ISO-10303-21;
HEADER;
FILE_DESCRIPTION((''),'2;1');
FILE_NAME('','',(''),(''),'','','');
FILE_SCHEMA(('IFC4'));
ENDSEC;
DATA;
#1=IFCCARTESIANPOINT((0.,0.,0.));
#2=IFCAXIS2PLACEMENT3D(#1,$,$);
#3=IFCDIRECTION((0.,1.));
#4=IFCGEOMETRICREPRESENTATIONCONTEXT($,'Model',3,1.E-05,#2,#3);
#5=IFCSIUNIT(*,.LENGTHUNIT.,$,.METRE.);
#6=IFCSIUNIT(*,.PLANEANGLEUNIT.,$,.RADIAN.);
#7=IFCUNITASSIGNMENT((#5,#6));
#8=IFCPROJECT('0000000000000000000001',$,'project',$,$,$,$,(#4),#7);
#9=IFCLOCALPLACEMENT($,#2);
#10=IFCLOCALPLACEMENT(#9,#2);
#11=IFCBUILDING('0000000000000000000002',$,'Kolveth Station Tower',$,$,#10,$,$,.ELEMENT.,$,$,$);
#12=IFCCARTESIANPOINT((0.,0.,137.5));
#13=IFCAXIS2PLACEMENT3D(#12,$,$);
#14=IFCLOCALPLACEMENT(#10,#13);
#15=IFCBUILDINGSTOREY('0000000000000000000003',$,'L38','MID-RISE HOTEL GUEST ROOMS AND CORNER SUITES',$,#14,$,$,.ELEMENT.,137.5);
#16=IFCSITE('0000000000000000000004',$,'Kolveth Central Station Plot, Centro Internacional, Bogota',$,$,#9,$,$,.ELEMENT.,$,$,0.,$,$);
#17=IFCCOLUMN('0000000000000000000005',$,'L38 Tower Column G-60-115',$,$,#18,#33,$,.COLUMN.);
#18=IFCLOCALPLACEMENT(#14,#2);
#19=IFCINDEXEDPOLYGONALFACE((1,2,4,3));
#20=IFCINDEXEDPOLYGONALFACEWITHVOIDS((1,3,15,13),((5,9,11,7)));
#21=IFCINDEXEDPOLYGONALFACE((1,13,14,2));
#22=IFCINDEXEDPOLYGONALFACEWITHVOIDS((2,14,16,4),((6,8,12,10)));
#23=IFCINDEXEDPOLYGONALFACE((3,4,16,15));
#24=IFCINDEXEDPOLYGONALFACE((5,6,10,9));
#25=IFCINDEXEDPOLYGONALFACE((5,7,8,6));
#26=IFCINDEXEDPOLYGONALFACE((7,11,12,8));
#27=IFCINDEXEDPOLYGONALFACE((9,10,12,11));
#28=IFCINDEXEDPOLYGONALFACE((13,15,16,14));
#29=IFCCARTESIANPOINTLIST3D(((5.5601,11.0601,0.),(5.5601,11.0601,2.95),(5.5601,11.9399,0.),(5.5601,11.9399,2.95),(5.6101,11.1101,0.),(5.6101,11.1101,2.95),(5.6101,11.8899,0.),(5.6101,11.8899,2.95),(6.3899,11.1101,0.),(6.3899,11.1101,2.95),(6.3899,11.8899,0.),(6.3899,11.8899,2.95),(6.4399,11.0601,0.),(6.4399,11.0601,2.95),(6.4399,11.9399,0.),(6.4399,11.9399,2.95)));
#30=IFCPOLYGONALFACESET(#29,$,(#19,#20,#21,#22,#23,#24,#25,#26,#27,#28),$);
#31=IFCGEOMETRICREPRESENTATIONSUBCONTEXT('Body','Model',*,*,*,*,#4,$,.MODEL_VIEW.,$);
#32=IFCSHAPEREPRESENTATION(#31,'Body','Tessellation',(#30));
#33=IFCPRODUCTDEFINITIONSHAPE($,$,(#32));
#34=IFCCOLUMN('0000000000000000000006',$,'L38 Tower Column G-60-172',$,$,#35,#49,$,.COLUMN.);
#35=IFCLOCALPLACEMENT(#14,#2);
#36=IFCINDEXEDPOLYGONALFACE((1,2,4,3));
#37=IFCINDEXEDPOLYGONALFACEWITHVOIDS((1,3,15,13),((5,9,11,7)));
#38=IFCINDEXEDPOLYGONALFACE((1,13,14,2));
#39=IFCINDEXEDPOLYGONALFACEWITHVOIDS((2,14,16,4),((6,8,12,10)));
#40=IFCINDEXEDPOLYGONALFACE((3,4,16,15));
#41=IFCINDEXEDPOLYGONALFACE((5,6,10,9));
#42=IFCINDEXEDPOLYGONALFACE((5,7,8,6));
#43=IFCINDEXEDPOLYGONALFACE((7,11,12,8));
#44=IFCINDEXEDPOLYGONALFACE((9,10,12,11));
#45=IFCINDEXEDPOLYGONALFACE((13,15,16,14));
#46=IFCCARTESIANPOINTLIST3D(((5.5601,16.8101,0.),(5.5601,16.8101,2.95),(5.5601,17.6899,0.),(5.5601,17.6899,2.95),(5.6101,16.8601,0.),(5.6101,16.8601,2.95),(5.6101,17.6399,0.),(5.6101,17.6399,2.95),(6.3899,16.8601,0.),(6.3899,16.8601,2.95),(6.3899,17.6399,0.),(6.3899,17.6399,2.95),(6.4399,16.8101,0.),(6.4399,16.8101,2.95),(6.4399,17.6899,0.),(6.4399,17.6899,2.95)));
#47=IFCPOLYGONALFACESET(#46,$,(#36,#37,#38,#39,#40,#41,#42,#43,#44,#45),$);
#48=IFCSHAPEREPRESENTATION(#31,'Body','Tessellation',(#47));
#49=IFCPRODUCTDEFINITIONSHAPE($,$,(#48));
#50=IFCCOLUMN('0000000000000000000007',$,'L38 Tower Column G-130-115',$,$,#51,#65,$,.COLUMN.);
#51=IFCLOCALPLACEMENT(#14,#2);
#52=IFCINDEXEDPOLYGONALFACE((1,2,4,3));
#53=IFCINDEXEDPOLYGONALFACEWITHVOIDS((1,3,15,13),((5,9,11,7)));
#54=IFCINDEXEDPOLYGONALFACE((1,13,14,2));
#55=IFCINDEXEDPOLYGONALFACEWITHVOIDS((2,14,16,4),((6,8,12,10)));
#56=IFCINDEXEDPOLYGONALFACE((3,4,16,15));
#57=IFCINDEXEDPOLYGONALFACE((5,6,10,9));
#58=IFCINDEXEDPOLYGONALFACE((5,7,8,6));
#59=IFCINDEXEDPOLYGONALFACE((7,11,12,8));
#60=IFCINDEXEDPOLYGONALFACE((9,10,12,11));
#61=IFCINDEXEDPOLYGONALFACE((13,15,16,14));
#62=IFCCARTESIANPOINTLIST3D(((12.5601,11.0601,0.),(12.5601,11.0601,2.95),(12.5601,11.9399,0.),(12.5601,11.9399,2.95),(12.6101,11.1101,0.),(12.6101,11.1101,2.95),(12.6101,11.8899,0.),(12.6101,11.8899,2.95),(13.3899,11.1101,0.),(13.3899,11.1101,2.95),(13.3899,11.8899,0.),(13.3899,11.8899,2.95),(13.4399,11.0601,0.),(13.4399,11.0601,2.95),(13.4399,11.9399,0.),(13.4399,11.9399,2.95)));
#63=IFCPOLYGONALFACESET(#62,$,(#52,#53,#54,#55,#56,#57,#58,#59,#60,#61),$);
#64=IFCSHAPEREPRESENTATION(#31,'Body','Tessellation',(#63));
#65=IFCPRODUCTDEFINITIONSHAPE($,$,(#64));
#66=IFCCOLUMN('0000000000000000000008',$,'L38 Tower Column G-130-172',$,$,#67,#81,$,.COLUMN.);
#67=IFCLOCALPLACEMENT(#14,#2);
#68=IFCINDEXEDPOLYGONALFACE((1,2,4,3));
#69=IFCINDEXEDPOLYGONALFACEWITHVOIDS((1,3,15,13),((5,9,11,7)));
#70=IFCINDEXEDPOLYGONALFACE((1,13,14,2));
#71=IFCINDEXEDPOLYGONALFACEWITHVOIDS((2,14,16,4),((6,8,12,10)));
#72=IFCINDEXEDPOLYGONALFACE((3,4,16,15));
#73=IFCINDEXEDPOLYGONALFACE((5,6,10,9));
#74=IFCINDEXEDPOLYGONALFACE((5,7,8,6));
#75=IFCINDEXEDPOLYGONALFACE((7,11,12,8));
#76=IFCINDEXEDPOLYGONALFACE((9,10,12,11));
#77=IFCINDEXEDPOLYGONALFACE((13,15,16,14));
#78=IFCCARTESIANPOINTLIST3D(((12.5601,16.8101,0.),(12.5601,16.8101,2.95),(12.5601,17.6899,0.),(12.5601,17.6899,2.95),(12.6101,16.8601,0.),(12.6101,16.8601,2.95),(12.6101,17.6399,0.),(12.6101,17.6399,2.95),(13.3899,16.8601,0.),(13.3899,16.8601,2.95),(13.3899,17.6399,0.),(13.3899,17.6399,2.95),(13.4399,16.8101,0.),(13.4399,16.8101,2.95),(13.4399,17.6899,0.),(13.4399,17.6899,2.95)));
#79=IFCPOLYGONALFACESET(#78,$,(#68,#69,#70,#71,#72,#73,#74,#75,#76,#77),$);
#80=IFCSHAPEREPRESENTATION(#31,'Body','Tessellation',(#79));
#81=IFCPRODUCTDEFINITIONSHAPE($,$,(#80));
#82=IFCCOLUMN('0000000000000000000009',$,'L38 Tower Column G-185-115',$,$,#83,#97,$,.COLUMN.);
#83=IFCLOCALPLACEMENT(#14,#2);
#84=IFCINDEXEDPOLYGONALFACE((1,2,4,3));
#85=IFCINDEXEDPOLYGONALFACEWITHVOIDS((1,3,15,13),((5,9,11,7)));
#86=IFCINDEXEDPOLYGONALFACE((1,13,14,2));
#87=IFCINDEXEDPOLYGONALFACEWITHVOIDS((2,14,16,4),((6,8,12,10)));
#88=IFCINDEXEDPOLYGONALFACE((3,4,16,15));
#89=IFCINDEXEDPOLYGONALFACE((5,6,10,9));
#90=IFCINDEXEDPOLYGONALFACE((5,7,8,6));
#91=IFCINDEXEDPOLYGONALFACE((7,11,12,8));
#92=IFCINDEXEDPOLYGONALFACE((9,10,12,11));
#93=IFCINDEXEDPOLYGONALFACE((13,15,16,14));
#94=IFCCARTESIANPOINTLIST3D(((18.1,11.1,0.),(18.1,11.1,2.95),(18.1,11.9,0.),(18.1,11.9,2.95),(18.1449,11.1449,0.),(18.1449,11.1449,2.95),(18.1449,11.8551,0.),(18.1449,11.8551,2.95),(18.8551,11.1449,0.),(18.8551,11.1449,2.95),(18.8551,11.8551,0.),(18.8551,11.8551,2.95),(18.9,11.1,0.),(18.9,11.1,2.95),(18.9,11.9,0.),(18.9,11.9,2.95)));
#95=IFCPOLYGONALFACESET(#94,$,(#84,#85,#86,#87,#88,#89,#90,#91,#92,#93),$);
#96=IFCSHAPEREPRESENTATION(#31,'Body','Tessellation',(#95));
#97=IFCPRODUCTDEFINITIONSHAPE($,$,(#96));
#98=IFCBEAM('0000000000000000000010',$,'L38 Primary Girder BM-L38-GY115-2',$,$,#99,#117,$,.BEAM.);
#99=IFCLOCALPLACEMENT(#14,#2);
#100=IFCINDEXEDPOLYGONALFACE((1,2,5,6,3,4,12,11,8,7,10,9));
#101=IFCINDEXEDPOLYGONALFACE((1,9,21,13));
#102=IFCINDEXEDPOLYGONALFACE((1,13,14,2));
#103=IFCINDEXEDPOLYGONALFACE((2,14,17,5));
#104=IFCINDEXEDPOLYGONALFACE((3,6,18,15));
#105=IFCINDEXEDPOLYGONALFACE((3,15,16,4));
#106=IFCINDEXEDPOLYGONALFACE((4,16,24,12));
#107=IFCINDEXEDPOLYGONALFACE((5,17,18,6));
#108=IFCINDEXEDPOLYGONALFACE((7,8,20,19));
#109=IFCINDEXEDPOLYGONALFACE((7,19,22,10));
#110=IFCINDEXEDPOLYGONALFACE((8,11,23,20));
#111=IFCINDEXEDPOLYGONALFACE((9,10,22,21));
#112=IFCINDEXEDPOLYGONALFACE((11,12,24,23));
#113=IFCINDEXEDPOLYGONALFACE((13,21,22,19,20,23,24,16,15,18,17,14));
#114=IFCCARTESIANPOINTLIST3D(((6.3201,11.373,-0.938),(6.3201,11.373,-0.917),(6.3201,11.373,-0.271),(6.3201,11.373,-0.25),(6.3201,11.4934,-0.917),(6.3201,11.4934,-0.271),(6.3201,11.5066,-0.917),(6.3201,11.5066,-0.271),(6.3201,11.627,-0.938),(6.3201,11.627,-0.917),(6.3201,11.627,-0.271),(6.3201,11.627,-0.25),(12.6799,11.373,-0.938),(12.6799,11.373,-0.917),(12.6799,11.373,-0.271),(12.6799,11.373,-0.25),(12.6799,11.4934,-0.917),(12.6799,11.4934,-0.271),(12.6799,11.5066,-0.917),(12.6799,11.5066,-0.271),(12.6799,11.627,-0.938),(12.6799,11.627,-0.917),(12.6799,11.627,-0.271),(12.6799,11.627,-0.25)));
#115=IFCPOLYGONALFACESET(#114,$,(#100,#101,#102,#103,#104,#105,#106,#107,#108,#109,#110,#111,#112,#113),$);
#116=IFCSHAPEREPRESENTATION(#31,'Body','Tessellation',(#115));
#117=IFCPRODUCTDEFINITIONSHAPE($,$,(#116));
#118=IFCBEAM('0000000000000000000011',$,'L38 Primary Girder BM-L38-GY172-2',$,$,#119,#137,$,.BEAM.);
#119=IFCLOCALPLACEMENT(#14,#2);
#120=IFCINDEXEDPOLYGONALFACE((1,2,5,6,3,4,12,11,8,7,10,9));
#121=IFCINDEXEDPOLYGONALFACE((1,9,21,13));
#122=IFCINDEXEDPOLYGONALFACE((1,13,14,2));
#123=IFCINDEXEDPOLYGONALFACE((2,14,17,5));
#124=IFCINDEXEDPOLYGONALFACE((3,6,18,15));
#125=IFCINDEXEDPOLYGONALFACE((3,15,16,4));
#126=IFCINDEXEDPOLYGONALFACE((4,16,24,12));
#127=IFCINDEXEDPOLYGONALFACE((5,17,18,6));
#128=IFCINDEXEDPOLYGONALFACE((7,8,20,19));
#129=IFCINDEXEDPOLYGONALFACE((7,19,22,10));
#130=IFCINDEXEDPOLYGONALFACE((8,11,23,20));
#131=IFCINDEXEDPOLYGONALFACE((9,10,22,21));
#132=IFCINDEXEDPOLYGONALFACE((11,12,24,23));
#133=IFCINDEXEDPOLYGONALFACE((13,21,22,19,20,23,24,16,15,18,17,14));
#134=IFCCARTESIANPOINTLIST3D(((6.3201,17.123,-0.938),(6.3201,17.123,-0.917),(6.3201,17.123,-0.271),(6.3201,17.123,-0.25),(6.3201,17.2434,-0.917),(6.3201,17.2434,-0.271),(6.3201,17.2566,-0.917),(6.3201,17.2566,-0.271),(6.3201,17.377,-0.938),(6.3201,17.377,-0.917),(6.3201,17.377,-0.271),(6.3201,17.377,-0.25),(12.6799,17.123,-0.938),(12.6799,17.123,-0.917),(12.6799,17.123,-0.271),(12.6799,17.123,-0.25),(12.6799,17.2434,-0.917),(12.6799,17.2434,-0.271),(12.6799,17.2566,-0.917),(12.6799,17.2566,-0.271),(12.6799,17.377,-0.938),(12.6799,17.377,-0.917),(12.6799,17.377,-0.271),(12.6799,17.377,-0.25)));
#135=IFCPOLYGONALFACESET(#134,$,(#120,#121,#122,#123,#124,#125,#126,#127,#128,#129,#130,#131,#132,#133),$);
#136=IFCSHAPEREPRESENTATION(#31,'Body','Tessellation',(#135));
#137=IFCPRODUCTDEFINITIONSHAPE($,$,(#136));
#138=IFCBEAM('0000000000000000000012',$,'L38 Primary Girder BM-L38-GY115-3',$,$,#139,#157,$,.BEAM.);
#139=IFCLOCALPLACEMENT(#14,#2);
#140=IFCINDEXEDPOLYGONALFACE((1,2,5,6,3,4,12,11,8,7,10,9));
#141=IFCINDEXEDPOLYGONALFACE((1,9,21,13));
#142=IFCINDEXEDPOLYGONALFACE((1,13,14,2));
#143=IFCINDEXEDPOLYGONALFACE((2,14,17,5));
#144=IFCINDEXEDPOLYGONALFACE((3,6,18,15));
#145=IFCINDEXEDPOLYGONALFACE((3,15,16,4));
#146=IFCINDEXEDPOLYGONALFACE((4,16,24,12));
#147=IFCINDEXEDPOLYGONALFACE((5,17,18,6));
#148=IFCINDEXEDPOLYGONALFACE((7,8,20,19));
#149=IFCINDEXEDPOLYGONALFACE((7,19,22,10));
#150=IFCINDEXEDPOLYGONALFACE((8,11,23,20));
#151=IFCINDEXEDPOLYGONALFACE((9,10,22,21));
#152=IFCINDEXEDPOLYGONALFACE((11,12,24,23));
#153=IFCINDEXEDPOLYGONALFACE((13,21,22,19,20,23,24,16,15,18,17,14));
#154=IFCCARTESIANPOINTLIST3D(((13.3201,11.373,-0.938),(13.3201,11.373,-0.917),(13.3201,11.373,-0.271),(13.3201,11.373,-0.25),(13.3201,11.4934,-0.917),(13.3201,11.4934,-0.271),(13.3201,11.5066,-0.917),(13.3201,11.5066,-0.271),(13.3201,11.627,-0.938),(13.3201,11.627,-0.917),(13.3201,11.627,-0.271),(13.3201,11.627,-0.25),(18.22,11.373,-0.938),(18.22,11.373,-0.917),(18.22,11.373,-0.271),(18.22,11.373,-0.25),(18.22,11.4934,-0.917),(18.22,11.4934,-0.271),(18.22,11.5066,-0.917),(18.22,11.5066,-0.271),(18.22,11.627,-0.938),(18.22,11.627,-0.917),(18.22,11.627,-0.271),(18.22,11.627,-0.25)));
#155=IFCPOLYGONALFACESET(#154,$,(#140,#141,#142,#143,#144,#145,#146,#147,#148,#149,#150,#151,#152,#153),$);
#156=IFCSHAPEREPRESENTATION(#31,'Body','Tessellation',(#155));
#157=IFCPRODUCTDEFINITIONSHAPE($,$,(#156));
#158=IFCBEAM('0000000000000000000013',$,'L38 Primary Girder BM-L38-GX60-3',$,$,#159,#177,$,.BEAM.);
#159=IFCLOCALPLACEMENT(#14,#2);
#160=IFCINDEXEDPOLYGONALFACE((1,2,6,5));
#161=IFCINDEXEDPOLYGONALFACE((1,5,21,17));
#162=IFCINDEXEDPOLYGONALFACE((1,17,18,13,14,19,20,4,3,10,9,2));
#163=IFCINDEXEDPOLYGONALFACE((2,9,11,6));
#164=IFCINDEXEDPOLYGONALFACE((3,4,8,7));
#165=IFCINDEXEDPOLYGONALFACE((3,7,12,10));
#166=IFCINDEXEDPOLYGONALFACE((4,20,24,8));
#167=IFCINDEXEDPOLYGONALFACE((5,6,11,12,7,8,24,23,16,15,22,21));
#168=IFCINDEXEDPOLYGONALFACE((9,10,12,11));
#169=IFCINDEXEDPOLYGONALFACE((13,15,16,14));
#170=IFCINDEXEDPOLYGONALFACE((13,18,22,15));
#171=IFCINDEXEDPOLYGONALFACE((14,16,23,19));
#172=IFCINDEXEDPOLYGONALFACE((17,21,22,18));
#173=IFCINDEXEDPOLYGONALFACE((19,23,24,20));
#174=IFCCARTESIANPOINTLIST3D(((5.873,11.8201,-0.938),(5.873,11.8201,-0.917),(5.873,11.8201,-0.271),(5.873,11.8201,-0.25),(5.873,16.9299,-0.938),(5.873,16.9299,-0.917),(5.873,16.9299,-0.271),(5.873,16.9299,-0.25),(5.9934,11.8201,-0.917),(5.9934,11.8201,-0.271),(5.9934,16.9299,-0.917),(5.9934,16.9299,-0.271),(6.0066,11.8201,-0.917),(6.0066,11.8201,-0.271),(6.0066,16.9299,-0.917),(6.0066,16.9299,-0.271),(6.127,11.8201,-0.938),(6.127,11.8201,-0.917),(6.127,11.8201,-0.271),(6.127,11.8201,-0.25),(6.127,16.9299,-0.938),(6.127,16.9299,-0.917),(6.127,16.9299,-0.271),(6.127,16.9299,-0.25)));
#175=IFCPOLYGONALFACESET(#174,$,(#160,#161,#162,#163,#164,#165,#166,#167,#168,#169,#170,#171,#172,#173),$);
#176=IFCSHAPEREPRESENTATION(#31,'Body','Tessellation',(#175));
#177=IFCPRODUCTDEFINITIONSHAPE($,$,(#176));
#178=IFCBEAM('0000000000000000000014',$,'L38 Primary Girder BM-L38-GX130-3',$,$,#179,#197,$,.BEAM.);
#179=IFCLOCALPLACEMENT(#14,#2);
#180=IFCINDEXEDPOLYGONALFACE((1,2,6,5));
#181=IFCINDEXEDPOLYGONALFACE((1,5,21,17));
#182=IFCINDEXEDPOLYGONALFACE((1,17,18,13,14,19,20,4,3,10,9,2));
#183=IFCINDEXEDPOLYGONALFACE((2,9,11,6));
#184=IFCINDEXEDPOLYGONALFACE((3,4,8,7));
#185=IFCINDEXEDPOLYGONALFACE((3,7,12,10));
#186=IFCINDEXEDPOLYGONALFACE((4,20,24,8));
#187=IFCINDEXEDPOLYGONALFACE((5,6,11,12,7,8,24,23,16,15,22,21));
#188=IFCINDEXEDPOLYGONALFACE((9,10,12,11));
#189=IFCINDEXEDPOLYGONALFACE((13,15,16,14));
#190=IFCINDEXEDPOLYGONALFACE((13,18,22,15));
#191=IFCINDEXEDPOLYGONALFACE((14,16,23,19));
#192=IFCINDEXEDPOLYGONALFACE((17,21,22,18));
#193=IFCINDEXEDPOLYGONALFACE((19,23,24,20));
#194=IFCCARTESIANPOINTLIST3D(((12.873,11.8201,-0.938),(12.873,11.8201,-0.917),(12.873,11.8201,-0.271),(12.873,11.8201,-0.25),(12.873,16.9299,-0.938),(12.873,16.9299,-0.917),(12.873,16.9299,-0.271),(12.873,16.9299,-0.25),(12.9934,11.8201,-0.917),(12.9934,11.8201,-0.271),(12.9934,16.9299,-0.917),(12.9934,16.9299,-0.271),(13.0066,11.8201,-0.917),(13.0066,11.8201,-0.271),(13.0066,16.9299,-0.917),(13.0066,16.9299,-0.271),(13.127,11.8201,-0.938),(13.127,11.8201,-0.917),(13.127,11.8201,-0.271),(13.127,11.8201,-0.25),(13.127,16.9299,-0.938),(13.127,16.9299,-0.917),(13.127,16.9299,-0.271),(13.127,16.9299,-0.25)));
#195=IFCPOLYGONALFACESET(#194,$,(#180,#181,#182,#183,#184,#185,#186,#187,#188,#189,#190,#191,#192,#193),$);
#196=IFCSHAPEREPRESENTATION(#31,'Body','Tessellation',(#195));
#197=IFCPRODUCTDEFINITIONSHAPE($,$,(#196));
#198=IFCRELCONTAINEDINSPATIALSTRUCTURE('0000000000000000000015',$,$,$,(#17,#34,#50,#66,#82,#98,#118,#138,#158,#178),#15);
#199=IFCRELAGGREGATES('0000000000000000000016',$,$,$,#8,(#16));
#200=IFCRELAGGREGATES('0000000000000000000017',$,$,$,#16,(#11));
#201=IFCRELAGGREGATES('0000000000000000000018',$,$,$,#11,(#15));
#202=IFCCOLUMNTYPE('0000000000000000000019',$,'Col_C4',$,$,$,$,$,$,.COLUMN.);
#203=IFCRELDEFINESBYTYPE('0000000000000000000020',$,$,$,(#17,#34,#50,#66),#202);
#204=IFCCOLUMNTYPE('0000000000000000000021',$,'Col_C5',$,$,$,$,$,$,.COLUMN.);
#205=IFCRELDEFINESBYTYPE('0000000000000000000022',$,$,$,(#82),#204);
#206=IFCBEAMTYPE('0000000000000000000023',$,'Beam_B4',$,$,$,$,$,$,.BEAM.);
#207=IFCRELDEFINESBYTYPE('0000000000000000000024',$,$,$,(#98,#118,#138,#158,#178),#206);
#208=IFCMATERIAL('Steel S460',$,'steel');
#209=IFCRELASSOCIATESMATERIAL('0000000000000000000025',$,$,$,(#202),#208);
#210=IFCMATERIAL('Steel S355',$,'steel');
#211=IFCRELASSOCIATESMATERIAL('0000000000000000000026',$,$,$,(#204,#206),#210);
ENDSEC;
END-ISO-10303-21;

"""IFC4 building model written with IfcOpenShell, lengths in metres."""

from ifc_helpers import new_model, si_unit, direction, frame, origin, origin_2d, place, context, subcontext, project, spatial, hollow_rectangle, i_section, extrude, source, transform, mapped, material, material_profile, profile_set, type_object, element, save


model = new_model("IFC4")

# Units and contexts
model_context = context("Model", 3, precision=1e-05, world=origin(), true_north=direction((0.0, 1.0)))
body_context = subcontext(model_context, "Body", "Model", "MODEL_VIEW")
ifc_project = project(units=[si_unit("LENGTHUNIT", "METRE"), si_unit("PLANEANGLEUNIT", "RADIAN")], contexts=[model_context])

# Site, building, storey
site_placement = place(None, origin())
site = spatial("IfcSite", under=ifc_project, at=site_placement, Name="Kolveth Central Station Plot, Centro Internacional, Bogota", CompositionType="ELEMENT", RefElevation=0.0)
building_placement = place(site_placement, origin())
building = spatial("IfcBuilding", under=site, at=building_placement, Name="Kolveth Station Tower", CompositionType="ELEMENT")
storey_placement = place(building_placement, frame((0.0, 0.0, 137.5)))
storey = spatial("IfcBuildingStorey", under=building, at=storey_placement, Name="L38", Description="MID-RISE HOTEL GUEST ROOMS AND CORNER SUITES", CompositionType="ELEMENT", Elevation=137.5)

# Columns
ifc_material_1 = material(Name="Steel S460", Category="steel")
ifc_material_profile_1 = material_profile(ifc_material_1, hollow_rectangle(XDim=0.8799, YDim=0.8799, WallThickness=0.05, at=origin_2d()), Name="BOX880x880x50")
ifc_profile_set_1 = profile_set([ifc_material_profile_1], Name="Steel S460")
column_type_1 = type_object("IfcColumnType", Name="Col_C4", PredefinedType="COLUMN", material=ifc_profile_set_1)
shared_shape_1 = source(origin(), body_context, "Body", "SweptSolid", [
    extrude(hollow_rectangle(XDim=0.8799, YDim=0.8799, WallThickness=0.05, at=origin_2d()), origin(), (0.0, 0.0, 1.0), 2.95),
])
for number, where, z_axis, x_axis, name in (
    (1, (6.0, 11.5, 0.0), (0.0, 0.0, 1.0), (1.0, 0.0, 0.0), "L38 Tower Column G-60-115"),
    (2, (6.0, 17.25, 0.0), (0.0, 0.0, 1.0), (1.0, 0.0, 0.0), "L38 Tower Column G-60-172"),
    (3, (13.0, 11.5, 0.0), (0.0, 0.0, 1.0), (1.0, 0.0, 0.0), "L38 Tower Column G-130-115"),
    (4, (13.0, 17.25, 0.0), (0.0, 0.0, 1.0), (1.0, 0.0, 0.0), "L38 Tower Column G-130-172"),
):
    element("IfcColumn", number, at=place(storey_placement, frame(where, z_axis=z_axis, x_axis=x_axis)), inside=storey, type_object=column_type_1, Name=name, PredefinedType="COLUMN", context=body_context, shape_type="MappedRepresentation", body=[
        mapped(shared_shape_1, transform((0.0, 0.0, 0.0), x_axis=(1.0, 0.0, 0.0), y_axis=(0.0, 1.0, 0.0), z_axis=(0.0, 0.0, 1.0), scale=1.0)),
    ])
ifc_material_2 = material(Name="Steel S355", Category="steel")
ifc_material_profile_2 = material_profile(ifc_material_2, hollow_rectangle(XDim=0.8, YDim=0.8, WallThickness=0.0449, at=origin_2d()), Name="BOX800x800x45")
ifc_profile_set_2 = profile_set([ifc_material_profile_2], Name="Steel S355")
column_type_2 = type_object("IfcColumnType", Name="Col_C5", PredefinedType="COLUMN", material=ifc_profile_set_2)
shared_shape_2 = source(origin(), body_context, "Body", "SweptSolid", [
    extrude(hollow_rectangle(XDim=0.8, YDim=0.8, WallThickness=0.0449, at=origin_2d()), origin(), (0.0, 0.0, 1.0), 2.95),
])
column_placement = place(storey_placement, frame((18.5, 11.5, 0.0), z_axis=(0.0, 0.0, 1.0), x_axis=(1.0, 0.0, 0.0)))
element("IfcColumn", 5, at=column_placement, inside=storey, type_object=column_type_2, Name="L38 Tower Column G-185-115", PredefinedType="COLUMN", context=body_context, shape_type="MappedRepresentation", body=[
    mapped(shared_shape_2, transform((0.0, 0.0, 0.0), x_axis=(1.0, 0.0, 0.0), y_axis=(0.0, 1.0, 0.0), z_axis=(0.0, 0.0, 1.0), scale=1.0)),
])

# Beams
ifc_material_profile_3 = material_profile(ifc_material_2, i_section(OverallWidth=0.2539, OverallDepth=0.688, WebThickness=0.0132, FlangeThickness=0.021, at=origin_2d()), Name="W690x152")
ifc_profile_set_3 = profile_set([ifc_material_profile_3], Name="Steel S355")
beam_type_1 = type_object("IfcBeamType", Name="Beam_B4", PredefinedType="BEAM", material=ifc_profile_set_3)
shared_shape_3 = source(origin(), body_context, "Body", "SweptSolid", [
    extrude(i_section(OverallWidth=0.2539, OverallDepth=0.688, WebThickness=0.0132, FlangeThickness=0.021, at=origin_2d()), origin(), (0.0, 0.0, 1.0), 6.3599),
])
for number, where, z_axis, x_axis, name in (
    (6, (6.3201, 11.5, -0.594), (1.0, 0.0, 0.0), (0.0, 1.0, 0.0), "L38 Primary Girder BM-L38-GY115-2"),
    (7, (6.3201, 17.25, -0.594), (1.0, 0.0, 0.0), (0.0, 1.0, 0.0), "L38 Primary Girder BM-L38-GY172-2"),
):
    element("IfcBeam", number, at=place(storey_placement, frame(where, z_axis=z_axis, x_axis=x_axis)), inside=storey, type_object=beam_type_1, Name=name, PredefinedType="BEAM", context=body_context, shape_type="MappedRepresentation", body=[
        mapped(shared_shape_3, transform((0.0, 0.0, 0.0), x_axis=(1.0, 0.0, 0.0), y_axis=(0.0, 1.0, 0.0), z_axis=(0.0, 0.0, 1.0), scale=1.0)),
    ])
shared_shape_4 = source(origin(), body_context, "Body", "SweptSolid", [
    extrude(i_section(OverallWidth=0.2539, OverallDepth=0.688, WebThickness=0.0132, FlangeThickness=0.021, at=origin_2d()), origin(), (0.0, 0.0, 1.0), 4.8999),
])
beam_1_placement = place(storey_placement, frame((13.3201, 11.5, -0.594), z_axis=(1.0, 0.0, 0.0), x_axis=(0.0, 1.0, 0.0)))
element("IfcBeam", 8, at=beam_1_placement, inside=storey, type_object=beam_type_1, Name="L38 Primary Girder BM-L38-GY115-3", PredefinedType="BEAM", context=body_context, shape_type="MappedRepresentation", body=[
    mapped(shared_shape_4, transform((0.0, 0.0, 0.0), x_axis=(1.0, 0.0, 0.0), y_axis=(0.0, 1.0, 0.0), z_axis=(0.0, 0.0, 1.0), scale=1.0)),
])
shared_shape_5 = source(origin(), body_context, "Body", "SweptSolid", [
    extrude(i_section(OverallWidth=0.2539, OverallDepth=0.688, WebThickness=0.0132, FlangeThickness=0.021, at=origin_2d()), origin(), (0.0, 0.0, 1.0), 5.1099),
])
for number, where, z_axis, x_axis, name in (
    (9, (6.0, 11.8201, -0.594), (0.0, 1.0, 0.0), (-1.0, 0.0, 0.0), "L38 Primary Girder BM-L38-GX60-3"),
    (10, (13.0, 11.8201, -0.594), (0.0, 1.0, 0.0), (-1.0, 0.0, 0.0), "L38 Primary Girder BM-L38-GX130-3"),
):
    element("IfcBeam", number, at=place(storey_placement, frame(where, z_axis=z_axis, x_axis=x_axis)), inside=storey, type_object=beam_type_1, Name=name, PredefinedType="BEAM", context=body_context, shape_type="MappedRepresentation", body=[
        mapped(shared_shape_5, transform((0.0, 0.0, 0.0), x_axis=(1.0, 0.0, 0.0), y_axis=(0.0, 1.0, 0.0), z_axis=(0.0, 0.0, 1.0), scale=1.0)),
    ])

save(model, "model.ifc")
